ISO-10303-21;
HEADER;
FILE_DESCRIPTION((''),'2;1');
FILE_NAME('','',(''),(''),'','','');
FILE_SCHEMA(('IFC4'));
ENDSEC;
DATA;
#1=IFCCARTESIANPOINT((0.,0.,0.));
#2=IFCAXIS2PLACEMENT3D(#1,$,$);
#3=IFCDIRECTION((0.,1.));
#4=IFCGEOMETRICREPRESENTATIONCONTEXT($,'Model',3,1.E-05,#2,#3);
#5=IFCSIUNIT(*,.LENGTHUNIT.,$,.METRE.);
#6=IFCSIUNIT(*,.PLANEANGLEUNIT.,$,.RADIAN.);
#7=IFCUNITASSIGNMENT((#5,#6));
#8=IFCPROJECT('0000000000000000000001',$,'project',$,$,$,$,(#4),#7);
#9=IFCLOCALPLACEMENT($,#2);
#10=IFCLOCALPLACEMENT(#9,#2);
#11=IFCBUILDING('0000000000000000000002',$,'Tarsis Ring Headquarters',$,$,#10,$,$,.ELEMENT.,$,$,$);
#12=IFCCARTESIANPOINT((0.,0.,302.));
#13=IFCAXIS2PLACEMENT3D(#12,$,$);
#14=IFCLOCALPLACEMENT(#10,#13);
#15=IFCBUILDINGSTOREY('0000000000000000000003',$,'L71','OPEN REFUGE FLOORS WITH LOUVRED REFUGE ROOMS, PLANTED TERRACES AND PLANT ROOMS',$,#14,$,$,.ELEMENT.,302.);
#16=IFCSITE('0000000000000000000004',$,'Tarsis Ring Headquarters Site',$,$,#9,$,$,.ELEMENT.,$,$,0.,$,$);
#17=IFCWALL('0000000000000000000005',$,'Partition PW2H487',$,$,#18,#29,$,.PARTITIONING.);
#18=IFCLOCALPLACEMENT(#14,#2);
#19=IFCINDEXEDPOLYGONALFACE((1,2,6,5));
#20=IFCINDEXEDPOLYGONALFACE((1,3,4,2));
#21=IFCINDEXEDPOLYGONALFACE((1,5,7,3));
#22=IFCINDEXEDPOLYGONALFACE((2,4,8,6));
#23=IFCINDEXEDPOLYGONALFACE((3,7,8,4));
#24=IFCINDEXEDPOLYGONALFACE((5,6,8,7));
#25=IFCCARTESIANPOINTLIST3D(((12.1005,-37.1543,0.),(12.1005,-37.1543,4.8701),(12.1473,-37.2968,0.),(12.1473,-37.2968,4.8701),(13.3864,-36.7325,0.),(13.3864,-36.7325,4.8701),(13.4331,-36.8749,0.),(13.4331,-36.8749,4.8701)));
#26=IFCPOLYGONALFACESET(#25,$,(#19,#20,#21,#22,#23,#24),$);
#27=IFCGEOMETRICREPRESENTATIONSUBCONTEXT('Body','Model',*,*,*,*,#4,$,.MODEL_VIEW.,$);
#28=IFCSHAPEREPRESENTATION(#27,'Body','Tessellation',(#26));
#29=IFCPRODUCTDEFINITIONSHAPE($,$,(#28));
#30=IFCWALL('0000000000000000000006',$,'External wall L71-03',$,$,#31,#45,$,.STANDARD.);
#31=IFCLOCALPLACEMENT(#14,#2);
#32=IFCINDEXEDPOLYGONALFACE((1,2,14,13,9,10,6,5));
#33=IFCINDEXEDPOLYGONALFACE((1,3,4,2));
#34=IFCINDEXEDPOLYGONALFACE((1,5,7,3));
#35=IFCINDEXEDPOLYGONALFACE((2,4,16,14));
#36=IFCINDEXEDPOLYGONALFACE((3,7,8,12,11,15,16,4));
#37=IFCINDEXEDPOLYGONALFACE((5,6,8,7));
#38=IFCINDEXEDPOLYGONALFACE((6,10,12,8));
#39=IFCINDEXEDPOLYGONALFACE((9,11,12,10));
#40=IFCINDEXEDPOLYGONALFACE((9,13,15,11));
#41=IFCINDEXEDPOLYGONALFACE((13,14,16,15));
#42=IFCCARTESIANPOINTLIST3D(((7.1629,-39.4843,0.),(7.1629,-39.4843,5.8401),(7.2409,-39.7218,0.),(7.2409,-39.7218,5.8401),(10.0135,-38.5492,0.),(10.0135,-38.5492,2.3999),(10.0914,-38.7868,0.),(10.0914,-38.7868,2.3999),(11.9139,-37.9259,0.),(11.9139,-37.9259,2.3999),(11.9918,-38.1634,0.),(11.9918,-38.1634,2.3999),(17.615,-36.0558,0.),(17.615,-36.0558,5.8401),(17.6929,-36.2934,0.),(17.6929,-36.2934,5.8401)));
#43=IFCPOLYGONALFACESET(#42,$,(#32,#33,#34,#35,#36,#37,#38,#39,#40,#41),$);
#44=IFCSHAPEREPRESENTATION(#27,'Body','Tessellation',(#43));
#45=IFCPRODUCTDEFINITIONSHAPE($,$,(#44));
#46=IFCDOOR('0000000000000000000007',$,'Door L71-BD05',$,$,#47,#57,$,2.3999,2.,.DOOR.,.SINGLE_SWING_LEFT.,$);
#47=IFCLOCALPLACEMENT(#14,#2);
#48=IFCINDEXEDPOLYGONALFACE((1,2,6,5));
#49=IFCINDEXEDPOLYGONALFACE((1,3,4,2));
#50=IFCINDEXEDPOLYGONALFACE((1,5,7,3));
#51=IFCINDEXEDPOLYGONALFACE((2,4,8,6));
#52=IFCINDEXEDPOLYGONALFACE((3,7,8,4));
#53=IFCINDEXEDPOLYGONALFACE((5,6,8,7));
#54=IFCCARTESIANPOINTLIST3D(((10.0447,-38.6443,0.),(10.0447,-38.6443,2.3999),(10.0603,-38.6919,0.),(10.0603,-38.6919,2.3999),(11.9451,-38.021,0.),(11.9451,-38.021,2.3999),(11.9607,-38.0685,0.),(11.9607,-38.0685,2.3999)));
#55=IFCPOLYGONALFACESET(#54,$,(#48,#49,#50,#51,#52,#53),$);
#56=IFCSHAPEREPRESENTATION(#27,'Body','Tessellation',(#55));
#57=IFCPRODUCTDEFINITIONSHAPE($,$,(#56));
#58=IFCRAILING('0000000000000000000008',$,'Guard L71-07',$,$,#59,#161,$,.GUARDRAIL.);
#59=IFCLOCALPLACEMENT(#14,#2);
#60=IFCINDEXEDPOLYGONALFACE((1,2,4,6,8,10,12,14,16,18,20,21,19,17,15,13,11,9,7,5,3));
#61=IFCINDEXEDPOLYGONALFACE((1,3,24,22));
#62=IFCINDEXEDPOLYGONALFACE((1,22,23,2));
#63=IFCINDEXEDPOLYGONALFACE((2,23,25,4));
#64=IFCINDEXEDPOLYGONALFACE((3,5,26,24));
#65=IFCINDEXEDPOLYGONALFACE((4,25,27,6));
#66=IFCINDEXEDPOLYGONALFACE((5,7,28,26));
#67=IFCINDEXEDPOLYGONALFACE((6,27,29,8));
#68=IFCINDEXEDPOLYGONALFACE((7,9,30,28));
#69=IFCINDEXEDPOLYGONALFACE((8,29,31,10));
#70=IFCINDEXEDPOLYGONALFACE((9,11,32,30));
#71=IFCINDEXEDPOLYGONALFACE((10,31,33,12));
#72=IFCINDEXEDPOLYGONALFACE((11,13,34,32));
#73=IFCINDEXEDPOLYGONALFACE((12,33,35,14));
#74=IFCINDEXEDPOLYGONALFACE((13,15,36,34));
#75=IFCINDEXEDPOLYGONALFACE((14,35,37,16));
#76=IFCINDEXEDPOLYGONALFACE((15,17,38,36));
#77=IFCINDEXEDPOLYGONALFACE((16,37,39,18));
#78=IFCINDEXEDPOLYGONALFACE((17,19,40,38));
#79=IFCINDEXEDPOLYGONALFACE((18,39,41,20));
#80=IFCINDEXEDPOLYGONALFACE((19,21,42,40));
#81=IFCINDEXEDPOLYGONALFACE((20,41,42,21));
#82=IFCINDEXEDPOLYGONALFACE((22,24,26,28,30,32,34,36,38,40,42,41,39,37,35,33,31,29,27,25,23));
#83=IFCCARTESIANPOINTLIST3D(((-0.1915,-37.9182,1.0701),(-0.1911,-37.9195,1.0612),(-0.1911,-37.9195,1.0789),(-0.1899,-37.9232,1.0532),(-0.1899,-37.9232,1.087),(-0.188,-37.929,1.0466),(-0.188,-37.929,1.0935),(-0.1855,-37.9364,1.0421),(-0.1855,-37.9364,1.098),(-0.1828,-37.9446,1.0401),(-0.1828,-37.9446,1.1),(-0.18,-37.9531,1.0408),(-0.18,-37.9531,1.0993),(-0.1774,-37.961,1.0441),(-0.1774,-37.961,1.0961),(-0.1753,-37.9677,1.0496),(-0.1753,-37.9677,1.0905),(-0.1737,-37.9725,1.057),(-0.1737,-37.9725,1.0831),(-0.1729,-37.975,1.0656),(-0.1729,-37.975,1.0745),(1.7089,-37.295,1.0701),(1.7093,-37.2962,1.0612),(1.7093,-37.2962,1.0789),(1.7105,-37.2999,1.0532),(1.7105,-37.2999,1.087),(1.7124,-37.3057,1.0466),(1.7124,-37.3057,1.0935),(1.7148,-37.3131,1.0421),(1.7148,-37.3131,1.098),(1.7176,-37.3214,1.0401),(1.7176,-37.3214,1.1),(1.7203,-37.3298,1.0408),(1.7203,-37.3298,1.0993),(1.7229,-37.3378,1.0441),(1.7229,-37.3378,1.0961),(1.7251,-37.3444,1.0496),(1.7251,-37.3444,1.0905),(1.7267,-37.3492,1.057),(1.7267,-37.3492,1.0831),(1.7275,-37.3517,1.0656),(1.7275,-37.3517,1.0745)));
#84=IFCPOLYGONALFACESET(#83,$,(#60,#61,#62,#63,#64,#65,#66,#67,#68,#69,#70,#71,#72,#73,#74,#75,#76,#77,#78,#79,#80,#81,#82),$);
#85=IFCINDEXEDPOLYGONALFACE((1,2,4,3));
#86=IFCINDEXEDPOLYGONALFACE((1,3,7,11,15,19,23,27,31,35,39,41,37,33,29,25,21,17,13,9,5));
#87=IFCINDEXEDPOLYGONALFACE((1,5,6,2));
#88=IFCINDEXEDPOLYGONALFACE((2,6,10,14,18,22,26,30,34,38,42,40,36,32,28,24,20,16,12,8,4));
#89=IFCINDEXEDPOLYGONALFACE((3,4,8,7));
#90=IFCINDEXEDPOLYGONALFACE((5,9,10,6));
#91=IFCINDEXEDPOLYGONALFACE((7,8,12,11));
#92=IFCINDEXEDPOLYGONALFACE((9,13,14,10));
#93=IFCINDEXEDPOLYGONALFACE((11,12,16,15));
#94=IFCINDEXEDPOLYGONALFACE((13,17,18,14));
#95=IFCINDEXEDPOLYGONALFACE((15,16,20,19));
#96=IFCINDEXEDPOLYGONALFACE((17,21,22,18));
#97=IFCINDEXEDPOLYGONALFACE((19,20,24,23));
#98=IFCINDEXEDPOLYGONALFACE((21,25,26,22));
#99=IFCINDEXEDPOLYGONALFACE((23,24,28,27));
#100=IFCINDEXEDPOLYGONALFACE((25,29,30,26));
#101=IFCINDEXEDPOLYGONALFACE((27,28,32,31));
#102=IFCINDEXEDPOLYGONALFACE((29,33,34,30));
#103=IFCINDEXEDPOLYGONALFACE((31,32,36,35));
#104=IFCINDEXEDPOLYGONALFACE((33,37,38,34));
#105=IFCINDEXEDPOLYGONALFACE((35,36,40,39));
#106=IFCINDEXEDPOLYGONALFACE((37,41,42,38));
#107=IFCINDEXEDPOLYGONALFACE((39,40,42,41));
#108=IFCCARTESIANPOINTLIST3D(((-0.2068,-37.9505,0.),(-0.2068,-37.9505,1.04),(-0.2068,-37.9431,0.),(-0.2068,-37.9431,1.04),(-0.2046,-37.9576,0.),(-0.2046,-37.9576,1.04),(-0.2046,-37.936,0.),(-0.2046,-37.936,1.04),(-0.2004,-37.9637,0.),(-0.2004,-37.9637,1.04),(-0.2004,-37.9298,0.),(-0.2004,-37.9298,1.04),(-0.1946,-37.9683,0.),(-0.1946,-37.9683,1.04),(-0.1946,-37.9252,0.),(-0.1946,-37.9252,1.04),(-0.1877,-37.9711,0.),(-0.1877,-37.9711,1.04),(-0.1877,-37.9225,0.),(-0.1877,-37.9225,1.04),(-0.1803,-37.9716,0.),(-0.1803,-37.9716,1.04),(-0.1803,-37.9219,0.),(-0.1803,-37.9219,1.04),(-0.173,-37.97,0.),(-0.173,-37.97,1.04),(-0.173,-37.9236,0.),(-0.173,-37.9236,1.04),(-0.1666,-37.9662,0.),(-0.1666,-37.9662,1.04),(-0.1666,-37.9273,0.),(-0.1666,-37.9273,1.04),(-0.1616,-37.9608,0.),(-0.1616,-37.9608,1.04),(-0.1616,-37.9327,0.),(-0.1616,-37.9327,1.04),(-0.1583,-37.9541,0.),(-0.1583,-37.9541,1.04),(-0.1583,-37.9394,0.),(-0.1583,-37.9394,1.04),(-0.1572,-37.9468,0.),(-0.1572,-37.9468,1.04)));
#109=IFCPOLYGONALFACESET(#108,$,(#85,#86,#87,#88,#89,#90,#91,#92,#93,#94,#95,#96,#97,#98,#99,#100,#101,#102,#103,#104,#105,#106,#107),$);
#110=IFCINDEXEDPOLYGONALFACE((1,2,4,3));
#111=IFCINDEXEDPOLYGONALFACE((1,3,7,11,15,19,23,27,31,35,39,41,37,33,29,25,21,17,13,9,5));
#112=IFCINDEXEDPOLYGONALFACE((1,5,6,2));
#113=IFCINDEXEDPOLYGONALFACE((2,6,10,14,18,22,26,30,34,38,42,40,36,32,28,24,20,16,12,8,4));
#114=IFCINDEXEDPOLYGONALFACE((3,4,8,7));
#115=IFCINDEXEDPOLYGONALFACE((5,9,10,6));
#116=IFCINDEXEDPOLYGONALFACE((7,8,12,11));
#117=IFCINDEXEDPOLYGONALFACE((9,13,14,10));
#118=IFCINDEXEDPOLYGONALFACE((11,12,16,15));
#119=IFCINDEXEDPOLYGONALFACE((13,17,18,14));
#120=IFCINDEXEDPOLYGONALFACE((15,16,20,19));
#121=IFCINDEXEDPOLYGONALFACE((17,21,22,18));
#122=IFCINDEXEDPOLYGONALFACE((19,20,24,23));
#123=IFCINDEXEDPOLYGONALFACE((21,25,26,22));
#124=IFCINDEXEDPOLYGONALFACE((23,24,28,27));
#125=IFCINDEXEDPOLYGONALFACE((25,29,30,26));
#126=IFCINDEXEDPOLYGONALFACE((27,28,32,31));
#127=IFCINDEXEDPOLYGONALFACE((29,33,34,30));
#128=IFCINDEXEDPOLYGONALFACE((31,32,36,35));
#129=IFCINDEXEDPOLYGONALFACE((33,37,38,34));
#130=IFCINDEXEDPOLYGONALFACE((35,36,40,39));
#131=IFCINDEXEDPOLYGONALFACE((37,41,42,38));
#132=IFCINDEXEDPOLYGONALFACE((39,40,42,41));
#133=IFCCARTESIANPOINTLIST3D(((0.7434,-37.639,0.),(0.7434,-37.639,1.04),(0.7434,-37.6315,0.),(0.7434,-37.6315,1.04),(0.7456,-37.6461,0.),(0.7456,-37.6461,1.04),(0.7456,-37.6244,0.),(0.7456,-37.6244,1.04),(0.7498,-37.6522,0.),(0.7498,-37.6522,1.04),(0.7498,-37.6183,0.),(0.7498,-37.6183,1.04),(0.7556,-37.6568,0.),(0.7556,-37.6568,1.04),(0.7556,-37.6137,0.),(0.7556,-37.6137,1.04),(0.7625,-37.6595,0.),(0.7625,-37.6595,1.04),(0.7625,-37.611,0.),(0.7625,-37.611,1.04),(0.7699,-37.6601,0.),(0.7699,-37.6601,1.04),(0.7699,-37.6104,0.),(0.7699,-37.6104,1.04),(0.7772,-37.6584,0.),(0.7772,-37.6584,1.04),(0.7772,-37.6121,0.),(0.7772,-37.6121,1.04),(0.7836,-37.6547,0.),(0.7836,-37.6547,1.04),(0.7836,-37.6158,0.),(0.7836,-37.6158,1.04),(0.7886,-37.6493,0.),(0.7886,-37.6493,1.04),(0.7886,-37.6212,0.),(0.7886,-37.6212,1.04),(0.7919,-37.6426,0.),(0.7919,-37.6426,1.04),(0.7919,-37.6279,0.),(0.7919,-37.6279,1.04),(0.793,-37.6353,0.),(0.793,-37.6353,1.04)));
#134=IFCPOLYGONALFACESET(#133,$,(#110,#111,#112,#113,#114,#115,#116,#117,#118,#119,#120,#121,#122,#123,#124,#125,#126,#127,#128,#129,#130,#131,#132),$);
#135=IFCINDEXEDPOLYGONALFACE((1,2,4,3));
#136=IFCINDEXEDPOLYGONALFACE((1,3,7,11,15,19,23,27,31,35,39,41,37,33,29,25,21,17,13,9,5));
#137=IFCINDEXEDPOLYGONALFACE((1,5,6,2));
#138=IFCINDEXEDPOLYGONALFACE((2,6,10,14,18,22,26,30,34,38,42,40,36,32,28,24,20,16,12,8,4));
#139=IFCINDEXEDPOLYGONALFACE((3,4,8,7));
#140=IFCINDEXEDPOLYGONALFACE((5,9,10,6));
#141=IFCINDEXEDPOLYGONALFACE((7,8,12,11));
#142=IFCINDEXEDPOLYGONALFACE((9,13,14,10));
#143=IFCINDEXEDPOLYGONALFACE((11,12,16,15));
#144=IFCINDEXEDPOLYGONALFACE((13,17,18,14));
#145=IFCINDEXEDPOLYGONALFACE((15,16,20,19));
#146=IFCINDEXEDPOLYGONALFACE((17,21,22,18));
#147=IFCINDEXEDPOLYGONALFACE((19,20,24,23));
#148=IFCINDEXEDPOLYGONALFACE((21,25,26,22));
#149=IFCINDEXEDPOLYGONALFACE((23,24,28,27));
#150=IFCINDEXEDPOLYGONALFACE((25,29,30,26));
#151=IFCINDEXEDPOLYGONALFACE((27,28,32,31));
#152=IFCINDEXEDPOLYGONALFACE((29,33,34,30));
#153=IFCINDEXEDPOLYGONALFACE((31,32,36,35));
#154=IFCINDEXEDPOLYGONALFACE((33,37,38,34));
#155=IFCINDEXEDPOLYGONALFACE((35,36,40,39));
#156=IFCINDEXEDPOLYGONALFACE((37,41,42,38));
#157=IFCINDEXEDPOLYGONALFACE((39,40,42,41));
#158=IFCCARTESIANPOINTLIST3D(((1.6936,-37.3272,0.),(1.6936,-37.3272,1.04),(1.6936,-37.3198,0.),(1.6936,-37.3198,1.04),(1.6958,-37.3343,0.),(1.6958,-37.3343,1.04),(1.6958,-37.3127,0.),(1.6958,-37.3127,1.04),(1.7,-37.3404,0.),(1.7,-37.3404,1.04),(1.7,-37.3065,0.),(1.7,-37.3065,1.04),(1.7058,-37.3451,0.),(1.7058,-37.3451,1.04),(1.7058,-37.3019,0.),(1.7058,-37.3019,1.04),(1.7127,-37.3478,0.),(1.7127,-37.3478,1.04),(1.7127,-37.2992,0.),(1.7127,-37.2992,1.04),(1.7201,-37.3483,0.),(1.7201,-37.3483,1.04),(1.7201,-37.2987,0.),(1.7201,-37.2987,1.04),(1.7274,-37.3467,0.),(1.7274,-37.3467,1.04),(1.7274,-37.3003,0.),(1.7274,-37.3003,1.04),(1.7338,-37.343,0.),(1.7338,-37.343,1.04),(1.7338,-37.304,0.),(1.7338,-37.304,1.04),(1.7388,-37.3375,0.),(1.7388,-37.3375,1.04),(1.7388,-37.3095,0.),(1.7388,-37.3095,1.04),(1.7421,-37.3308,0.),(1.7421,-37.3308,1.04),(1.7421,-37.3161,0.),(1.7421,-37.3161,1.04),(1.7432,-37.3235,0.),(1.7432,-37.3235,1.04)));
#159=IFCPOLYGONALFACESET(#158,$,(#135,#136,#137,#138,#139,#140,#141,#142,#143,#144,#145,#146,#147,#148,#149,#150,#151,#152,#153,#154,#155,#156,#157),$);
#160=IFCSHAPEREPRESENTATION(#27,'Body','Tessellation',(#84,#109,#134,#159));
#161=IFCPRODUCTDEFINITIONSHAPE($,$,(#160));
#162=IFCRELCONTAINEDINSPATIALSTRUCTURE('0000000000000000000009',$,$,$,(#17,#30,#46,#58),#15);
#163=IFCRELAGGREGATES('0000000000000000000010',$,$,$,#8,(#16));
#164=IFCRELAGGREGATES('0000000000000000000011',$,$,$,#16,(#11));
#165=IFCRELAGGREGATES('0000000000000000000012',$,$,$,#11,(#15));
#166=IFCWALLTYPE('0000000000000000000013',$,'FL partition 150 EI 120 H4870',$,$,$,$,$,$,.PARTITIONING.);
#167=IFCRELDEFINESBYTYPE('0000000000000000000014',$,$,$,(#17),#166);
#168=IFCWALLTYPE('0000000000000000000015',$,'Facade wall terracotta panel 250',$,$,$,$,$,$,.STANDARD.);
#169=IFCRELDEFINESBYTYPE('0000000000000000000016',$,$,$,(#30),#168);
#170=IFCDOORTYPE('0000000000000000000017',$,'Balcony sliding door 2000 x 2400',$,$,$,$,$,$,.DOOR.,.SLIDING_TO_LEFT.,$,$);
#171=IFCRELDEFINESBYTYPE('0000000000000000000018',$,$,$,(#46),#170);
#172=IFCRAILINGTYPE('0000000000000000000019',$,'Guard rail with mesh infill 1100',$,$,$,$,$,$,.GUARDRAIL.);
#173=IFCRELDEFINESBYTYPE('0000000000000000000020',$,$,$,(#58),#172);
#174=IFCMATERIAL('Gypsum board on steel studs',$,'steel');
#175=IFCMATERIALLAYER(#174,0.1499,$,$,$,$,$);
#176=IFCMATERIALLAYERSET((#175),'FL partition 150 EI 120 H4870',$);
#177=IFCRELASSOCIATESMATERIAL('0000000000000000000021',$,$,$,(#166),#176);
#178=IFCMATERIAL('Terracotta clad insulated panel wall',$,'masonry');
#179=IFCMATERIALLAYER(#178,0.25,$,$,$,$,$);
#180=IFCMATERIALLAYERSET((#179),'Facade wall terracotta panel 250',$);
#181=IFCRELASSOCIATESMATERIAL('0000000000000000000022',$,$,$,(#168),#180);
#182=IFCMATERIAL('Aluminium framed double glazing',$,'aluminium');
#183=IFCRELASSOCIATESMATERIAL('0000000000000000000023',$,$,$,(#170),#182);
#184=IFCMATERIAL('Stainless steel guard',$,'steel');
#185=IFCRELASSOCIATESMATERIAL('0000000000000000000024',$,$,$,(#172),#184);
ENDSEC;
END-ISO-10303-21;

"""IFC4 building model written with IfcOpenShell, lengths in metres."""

from ifc_helpers import new_model, si_unit, direction, frame, frame_2d, origin, origin_2d, place, context, subcontext, project, spatial, rectangle, circle, extrude, material, layer, layer_set, type_object, element, fill, save


model = new_model("IFC4")

# Units and contexts
model_context = context("Model", 3, precision=1e-05, world=origin(), true_north=direction((0.0, 1.0)))
body_context = subcontext(model_context, "Body", "Model", "MODEL_VIEW")
ifc_project = project(units=[si_unit("LENGTHUNIT", "METRE"), si_unit("PLANEANGLEUNIT", "RADIAN")], contexts=[model_context])

# Site, building, storey
site_placement = place(None, origin())
site = spatial("IfcSite", under=ifc_project, at=site_placement, Name="Tarsis Ring Headquarters Site", CompositionType="ELEMENT", RefElevation=0.0)
building_placement = place(site_placement, origin())
building = spatial("IfcBuilding", under=site, at=building_placement, Name="Tarsis Ring Headquarters", CompositionType="ELEMENT")
storey_placement = place(building_placement, frame((0.0, 0.0, 302.0)))
storey = spatial("IfcBuildingStorey", under=building, at=storey_placement, Name="L71", Description="OPEN REFUGE FLOORS WITH LOUVRED REFUGE ROOMS, PLANTED TERRACES AND PLANT ROOMS", CompositionType="ELEMENT", Elevation=302.0)

# Wall
ifc_material_1 = material(Name="Gypsum board on steel studs", Category="steel")
ifc_layer_1 = layer(ifc_material_1, 0.1499)
ifc_layer_set_1 = layer_set([ifc_layer_1], Name="FL partition 150 EI 120 H4870")
wall_type_1 = type_object("IfcWallType", Name="FL partition 150 EI 120 H4870", PredefinedType="PARTITIONING", material=ifc_layer_set_1)
wall_1_placement = place(storey_placement, frame((12.1238, -37.2256, 0.0), z_axis=(0.0, 0.0, 1.0), x_axis=(0.95017, 0.311732, 0.0)))
element("IfcWall", 1, at=wall_1_placement, inside=storey, type_object=wall_type_1, Name="Partition PW2H487", PredefinedType="PARTITIONING", context=body_context, shape_type="SweptSolid", body=[
    extrude(rectangle(XDim=1.3533, YDim=0.1499, at=frame_2d((0.6768, 0.0))), origin(), (0.0, 0.0, 1.0), 4.8701),
])

# Wall, opening, door
ifc_material_2 = material(Name="Terracotta clad insulated panel wall", Category="masonry")
ifc_layer_2 = layer(ifc_material_2, 0.25)
ifc_layer_set_2 = layer_set([ifc_layer_2], Name="Facade wall terracotta panel 250")
wall_type_2 = type_object("IfcWallType", Name="Facade wall terracotta panel 250", PredefinedType="STANDARD", material=ifc_layer_set_2)
wall_2_placement = place(storey_placement, frame((7.2019, -39.603, 0.0), z_axis=(0.0, 0.0, 1.0), x_axis=(0.950188, 0.311676, 0.0)))
wall_2 = element("IfcWall", 2, at=wall_2_placement, inside=storey, type_object=wall_type_2, Name="External wall L71-03", PredefinedType="STANDARD", context=body_context, shape_type="SweptSolid", body=[
    extrude(rectangle(XDim=11.0, YDim=0.25, at=frame_2d((5.5, 0.0))), origin(), (0.0, 0.0, 1.0), 5.8401),
])
opening_placement = place(wall_2_placement, frame((3.0, 0.0, 0.0)))
opening = element("IfcOpeningElement", 3, at=opening_placement, cuts=wall_2, PredefinedType="OPENING", context=body_context, shape_type="SweptSolid", body=[
    extrude(rectangle(XDim=2.0, YDim=2.3999, at=frame_2d((1.0, 1.2))), frame((0.0, 0.135, 0.0), z_axis=(0.0, -1.0, 0.0), x_axis=(1.0, 0.0, 0.0)), (0.0, 0.0, 1.0), 0.27),
])
ifc_material_3 = material(Name="Aluminium framed double glazing", Category="aluminium")
door_type = type_object("IfcDoorType", Name="Balcony sliding door 2000 x 2400", OperationType="SLIDING_TO_LEFT", PredefinedType="DOOR", material=ifc_material_3)
door_placement = place(opening_placement, origin())
door = element("IfcDoor", 4, at=door_placement, inside=storey, type_object=door_type, Name="Door L71-BD05", OperationType="SINGLE_SWING_LEFT", OverallHeight=2.3999, OverallWidth=2.0, PredefinedType="DOOR", context=body_context, shape_type="SweptSolid", body=[
    extrude(rectangle(XDim=2.0, YDim=2.3999, at=frame_2d((1.0, 1.2))), frame((0.0, 0.0249, 0.0), z_axis=(0.0, -1.0, 0.0), x_axis=(1.0, 0.0, 0.0)), (0.0, 0.0, 1.0), 0.05),
])
fill(opening, door)

# Railing
ifc_material_4 = material(Name="Stainless steel guard", Category="steel")
railing_type_1 = type_object("IfcRailingType", Name="Guard rail with mesh infill 1100", PredefinedType="GUARDRAIL", material=ifc_material_4)
railing_1_placement = place(storey_placement, frame((-0.1821, -37.9468, 0.0)))
element("IfcRailing", 5, at=railing_1_placement, inside=storey, type_object=railing_type_1, Name="Guard L71-07", PredefinedType="GUARDRAIL", context=body_context, shape_type="SweptSolid", body=[
    extrude(circle(Radius=0.03, at=origin_2d()), frame((0.0, 0.0, 1.0701), z_axis=(0.950198, 0.311646, 0.0), x_axis=(-0.311646, 0.950198, 0.0)), (0.0, 0.0, 1.0), 2.0),
    extrude(circle(Radius=0.0249, at=origin_2d()), origin(), (0.0, 0.0, 1.0), 1.04),
    extrude(circle(Radius=0.0249, at=origin_2d()), frame((0.9502, 0.3115, 0.0)), (0.0, 0.0, 1.0), 1.04),
    extrude(circle(Radius=0.0249, at=origin_2d()), frame((1.9004, 0.6233, 0.0)), (0.0, 0.0, 1.0), 1.04),
])

save(model, "model.ifc")
